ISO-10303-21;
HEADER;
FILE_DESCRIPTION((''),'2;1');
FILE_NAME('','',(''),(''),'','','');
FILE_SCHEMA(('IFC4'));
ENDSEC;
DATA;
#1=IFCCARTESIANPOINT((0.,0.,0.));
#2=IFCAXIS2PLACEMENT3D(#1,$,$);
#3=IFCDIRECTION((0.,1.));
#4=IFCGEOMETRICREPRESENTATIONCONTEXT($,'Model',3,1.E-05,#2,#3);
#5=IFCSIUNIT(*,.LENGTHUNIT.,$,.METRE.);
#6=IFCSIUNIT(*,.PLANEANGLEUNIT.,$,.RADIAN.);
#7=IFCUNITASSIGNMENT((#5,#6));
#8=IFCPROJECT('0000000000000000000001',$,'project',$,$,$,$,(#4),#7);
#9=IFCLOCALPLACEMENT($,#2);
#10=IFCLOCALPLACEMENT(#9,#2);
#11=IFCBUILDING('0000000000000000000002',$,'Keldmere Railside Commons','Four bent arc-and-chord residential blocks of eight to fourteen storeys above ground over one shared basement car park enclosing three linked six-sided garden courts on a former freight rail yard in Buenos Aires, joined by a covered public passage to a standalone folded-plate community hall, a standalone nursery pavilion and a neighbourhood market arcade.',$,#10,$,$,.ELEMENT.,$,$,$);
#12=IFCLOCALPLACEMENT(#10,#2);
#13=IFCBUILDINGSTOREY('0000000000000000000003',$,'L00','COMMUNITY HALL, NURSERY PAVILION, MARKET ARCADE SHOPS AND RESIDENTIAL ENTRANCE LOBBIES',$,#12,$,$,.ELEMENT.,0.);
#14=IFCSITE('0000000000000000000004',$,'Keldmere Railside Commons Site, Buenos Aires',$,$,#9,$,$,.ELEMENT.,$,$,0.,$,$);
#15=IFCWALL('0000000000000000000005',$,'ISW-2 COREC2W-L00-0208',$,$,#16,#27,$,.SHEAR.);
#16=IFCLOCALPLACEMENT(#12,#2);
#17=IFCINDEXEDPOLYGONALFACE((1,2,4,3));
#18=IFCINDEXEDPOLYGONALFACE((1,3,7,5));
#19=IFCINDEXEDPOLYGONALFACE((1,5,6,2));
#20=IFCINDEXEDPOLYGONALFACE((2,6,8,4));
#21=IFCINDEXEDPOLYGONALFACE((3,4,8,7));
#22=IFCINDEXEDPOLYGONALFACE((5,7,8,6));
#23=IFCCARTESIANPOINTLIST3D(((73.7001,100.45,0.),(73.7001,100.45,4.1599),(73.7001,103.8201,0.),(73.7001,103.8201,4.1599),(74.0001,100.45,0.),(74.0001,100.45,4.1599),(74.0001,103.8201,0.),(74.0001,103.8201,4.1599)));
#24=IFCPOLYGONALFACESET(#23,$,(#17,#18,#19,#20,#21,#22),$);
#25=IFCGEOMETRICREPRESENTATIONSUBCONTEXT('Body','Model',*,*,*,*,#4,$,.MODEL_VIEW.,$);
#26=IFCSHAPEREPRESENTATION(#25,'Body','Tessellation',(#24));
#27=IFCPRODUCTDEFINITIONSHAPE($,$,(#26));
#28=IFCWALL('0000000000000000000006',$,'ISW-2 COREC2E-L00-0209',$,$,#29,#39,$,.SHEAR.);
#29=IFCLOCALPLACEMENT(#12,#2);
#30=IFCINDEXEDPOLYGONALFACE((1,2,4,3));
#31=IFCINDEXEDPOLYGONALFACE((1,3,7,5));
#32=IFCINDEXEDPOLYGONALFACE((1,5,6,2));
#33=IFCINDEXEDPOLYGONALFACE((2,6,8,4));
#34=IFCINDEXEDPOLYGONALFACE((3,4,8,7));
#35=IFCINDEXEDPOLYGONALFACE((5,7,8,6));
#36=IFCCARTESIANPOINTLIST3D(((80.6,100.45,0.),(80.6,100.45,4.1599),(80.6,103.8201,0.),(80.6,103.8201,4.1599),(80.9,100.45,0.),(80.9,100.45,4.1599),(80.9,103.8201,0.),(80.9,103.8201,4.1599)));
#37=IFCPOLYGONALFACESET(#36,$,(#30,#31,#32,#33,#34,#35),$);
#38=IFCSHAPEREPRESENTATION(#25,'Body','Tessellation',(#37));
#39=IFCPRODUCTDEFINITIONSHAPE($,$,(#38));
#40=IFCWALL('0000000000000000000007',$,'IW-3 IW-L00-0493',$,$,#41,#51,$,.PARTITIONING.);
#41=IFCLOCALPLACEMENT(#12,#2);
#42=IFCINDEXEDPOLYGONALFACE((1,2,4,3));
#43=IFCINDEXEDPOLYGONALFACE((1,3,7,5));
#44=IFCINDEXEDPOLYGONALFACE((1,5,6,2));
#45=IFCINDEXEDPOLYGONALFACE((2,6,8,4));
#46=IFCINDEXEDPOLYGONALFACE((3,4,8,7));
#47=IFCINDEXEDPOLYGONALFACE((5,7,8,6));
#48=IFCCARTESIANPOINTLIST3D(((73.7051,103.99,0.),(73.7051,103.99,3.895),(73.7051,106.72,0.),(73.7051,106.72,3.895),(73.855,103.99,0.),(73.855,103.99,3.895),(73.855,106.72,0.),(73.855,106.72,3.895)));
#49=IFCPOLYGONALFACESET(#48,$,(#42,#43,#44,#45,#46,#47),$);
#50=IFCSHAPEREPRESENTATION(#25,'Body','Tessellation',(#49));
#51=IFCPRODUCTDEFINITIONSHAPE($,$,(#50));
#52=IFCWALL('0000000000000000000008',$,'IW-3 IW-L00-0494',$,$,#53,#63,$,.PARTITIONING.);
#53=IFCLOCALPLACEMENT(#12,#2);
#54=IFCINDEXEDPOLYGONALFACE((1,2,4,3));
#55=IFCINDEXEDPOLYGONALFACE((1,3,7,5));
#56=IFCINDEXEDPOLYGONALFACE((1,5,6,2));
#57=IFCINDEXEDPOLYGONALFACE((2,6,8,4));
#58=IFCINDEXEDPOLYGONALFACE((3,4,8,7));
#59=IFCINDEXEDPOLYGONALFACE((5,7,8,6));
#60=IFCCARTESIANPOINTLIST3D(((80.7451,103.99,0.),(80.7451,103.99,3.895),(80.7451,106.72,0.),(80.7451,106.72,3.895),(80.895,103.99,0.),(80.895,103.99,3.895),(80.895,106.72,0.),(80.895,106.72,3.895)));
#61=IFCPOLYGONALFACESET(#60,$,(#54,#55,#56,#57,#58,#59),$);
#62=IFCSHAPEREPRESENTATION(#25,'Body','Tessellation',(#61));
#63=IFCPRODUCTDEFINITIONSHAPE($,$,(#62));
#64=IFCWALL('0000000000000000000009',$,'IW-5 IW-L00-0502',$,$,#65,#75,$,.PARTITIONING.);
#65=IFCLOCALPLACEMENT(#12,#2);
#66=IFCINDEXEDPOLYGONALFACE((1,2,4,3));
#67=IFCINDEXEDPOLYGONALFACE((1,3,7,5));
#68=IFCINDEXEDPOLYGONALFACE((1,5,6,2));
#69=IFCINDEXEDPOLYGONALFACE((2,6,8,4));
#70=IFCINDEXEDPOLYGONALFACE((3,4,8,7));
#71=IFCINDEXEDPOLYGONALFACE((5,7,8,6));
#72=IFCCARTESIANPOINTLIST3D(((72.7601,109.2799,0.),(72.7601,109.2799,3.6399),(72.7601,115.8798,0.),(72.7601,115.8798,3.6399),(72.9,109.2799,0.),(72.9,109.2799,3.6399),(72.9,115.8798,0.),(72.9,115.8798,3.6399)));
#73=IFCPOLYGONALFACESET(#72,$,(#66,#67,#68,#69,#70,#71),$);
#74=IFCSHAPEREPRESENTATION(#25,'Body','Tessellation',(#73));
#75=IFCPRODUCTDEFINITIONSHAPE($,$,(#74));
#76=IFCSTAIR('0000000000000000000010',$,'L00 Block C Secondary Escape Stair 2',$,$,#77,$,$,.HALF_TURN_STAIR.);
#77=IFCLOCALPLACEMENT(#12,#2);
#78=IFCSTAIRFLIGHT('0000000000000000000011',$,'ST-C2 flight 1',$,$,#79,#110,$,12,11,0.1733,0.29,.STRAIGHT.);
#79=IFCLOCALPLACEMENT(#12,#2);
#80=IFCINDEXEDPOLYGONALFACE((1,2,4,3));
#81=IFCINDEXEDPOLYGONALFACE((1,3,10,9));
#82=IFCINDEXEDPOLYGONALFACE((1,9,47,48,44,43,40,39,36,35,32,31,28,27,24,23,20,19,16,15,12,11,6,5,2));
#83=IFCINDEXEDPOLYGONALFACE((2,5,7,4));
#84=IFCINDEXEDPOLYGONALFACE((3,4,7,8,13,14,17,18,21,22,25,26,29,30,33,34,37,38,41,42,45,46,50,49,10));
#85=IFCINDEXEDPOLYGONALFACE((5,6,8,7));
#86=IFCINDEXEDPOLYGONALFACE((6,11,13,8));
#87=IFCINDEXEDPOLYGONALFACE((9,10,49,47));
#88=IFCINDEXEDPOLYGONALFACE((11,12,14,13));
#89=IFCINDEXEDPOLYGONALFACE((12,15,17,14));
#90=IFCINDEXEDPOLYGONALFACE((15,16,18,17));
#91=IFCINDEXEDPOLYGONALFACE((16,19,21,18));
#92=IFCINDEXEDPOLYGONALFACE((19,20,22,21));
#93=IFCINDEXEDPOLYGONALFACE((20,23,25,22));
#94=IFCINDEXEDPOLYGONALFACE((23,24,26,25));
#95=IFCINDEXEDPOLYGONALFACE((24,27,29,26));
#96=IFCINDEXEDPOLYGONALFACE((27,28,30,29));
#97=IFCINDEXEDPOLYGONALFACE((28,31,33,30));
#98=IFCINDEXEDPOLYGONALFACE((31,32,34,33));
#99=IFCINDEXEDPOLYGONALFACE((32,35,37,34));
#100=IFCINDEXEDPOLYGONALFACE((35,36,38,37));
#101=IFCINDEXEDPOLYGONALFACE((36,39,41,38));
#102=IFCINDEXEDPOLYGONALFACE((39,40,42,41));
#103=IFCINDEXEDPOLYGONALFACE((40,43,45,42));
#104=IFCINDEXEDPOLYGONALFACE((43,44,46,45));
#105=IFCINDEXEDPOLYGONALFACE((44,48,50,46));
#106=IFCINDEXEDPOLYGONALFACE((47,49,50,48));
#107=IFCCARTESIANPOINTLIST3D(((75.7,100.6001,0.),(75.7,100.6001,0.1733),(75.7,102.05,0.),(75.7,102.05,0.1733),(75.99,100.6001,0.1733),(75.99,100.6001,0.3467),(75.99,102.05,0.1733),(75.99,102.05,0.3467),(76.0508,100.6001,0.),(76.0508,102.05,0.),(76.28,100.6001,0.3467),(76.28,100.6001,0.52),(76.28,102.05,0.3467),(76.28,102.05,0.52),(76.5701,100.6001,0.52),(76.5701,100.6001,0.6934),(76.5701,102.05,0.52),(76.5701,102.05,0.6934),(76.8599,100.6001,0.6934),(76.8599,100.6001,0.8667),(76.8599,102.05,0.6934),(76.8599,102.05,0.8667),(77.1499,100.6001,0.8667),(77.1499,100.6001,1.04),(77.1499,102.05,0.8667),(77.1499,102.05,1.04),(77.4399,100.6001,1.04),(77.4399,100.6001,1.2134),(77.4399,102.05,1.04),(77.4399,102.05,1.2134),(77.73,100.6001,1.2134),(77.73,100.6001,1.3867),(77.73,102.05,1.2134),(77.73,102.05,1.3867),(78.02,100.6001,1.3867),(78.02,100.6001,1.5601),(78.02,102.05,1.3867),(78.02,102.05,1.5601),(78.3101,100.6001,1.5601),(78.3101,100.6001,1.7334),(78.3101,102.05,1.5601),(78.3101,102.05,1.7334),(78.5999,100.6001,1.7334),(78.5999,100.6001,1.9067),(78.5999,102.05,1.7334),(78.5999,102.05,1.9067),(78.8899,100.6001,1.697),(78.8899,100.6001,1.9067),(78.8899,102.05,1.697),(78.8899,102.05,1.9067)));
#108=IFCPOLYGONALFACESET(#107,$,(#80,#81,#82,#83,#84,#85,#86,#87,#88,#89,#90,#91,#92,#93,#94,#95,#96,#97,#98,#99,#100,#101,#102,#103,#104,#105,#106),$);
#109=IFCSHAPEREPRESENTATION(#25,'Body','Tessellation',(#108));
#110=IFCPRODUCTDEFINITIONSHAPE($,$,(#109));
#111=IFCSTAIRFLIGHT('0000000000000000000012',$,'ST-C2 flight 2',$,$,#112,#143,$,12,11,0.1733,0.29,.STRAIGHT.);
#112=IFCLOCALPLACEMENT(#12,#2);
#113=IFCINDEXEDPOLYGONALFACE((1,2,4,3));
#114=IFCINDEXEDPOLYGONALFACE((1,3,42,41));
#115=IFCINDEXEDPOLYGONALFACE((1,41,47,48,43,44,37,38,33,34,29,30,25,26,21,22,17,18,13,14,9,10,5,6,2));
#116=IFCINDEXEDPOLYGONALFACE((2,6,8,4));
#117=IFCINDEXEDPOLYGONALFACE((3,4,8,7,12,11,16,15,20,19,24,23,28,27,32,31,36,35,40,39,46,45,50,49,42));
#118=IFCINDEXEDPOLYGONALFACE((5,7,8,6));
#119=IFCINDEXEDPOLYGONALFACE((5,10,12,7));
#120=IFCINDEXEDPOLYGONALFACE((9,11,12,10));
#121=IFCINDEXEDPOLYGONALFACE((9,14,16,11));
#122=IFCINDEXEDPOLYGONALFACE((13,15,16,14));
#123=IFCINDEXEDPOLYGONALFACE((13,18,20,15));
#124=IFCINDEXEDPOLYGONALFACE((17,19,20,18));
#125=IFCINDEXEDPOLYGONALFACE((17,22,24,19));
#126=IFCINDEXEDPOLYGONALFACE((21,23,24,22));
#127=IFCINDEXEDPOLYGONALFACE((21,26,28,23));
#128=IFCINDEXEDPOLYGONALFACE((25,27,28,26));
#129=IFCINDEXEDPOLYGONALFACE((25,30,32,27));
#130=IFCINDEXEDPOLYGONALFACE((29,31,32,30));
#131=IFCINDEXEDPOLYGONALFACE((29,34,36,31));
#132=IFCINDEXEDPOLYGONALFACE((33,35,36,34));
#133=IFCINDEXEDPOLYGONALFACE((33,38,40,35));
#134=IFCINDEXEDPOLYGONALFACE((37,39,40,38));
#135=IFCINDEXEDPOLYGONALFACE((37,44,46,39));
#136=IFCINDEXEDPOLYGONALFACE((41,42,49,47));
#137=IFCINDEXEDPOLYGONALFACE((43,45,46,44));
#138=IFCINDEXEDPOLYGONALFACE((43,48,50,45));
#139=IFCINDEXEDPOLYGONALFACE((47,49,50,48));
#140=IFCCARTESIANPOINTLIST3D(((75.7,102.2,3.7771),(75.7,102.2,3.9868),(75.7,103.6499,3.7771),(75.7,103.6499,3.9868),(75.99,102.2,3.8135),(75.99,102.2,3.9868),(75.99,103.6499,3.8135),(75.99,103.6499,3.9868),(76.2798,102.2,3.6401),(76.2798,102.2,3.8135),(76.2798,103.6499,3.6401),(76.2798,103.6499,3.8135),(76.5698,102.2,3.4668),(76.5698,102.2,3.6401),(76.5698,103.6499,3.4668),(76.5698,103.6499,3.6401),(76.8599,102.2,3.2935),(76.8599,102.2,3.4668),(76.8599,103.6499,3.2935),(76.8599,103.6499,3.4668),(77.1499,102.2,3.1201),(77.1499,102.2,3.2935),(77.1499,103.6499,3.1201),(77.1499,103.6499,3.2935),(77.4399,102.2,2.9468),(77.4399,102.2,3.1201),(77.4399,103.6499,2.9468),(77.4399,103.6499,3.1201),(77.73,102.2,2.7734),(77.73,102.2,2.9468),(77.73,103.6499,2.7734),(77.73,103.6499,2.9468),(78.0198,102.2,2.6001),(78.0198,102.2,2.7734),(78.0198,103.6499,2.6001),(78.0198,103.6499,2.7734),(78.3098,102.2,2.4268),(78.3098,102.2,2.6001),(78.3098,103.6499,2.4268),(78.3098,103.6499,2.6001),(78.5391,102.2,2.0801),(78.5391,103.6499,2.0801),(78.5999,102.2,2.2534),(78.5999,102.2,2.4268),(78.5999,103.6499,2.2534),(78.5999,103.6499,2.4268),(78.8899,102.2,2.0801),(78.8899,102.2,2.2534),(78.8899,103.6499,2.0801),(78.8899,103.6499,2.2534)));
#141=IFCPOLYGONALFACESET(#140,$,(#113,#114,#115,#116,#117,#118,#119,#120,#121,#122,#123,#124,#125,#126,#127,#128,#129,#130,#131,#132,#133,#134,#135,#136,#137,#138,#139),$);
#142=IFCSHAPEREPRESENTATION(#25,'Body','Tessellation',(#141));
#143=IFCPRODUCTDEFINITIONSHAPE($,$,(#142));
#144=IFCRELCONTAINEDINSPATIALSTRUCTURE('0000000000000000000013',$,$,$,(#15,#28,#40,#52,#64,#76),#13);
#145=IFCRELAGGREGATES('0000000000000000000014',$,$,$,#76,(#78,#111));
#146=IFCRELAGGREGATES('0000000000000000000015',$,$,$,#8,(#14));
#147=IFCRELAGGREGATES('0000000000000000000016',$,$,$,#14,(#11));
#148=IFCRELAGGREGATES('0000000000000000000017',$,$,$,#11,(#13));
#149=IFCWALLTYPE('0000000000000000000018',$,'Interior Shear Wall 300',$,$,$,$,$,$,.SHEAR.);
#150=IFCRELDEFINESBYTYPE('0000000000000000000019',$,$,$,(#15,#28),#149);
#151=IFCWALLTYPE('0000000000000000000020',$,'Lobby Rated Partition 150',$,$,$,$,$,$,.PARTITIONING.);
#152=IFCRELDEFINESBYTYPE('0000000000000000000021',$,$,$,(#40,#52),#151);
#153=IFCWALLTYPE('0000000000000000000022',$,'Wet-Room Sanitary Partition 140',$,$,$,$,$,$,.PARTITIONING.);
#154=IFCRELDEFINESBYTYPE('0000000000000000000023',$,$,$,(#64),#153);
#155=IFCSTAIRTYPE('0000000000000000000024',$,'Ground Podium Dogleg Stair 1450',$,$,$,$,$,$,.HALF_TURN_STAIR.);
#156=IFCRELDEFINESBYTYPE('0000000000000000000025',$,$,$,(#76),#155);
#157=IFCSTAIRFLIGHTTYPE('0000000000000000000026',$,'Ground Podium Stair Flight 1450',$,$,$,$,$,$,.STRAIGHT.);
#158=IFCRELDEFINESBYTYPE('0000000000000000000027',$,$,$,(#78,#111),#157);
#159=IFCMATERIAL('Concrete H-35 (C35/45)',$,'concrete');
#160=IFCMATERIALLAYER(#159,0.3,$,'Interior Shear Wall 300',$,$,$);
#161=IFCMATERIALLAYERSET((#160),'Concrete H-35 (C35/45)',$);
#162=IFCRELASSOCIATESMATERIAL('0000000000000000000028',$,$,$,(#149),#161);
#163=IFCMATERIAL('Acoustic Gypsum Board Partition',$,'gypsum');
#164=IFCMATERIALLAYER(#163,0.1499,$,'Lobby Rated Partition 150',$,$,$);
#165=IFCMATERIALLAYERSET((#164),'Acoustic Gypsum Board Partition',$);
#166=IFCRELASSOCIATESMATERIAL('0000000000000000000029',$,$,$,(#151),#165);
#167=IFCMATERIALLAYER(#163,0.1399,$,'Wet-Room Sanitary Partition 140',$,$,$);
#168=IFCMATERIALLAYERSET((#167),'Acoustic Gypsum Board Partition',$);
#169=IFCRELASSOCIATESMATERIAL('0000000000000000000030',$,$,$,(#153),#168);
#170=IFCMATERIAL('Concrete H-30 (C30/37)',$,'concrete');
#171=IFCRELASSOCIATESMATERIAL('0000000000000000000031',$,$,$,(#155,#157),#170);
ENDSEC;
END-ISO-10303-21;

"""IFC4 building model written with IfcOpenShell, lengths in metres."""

from ifc_helpers import new_model, si_unit, direction, frame, frame_2d, origin, place, context, subcontext, project, spatial, polyline, rectangle, outline, extrude, material, layer, layer_set, type_object, element, aggregate, save


model = new_model("IFC4")

# Units and contexts
model_context = context("Model", 3, precision=1e-05, world=origin(), true_north=direction((0.0, 1.0)))
body_context = subcontext(model_context, "Body", "Model", "MODEL_VIEW")
ifc_project = project(units=[si_unit("LENGTHUNIT", "METRE"), si_unit("PLANEANGLEUNIT", "RADIAN")], contexts=[model_context])

# Site, building, storey
site_placement = place(None, origin())
site = spatial("IfcSite", under=ifc_project, at=site_placement, Name="Keldmere Railside Commons Site, Buenos Aires", CompositionType="ELEMENT", RefElevation=0.0)
building_placement = place(site_placement, origin())
building = spatial("IfcBuilding", under=site, at=building_placement, Name="Keldmere Railside Commons", Description="Four bent arc-and-chord residential blocks of eight to fourteen storeys above ground over one shared basement car park enclosing three linked six-sided garden courts on a former freight rail yard in Buenos Aires, joined by a covered public passage to a standalone folded-plate community hall, a standalone nursery pavilion and a neighbourhood market arcade.", CompositionType="ELEMENT")
storey_placement = place(building_placement, origin())
storey = spatial("IfcBuildingStorey", under=building, at=storey_placement, Name="L00", Description="COMMUNITY HALL, NURSERY PAVILION, MARKET ARCADE SHOPS AND RESIDENTIAL ENTRANCE LOBBIES", CompositionType="ELEMENT", Elevation=0.0)

# Shared definitions
ifc_material_1 = material(Name="Concrete H-30 (C30/37)", Category="concrete")

# Shared definitions
ifc_material_2 = material(Name="Concrete H-35 (C35/45)", Category="concrete")

# Walls
ifc_layer_1 = layer(ifc_material_2, 0.3, Name="Interior Shear Wall 300")
ifc_layer_set_1 = layer_set([ifc_layer_1], Name="Concrete H-35 (C35/45)")
wall_type_1 = type_object("IfcWallType", Name="Interior Shear Wall 300", PredefinedType="SHEAR", material=ifc_layer_set_1)
for number, where, z_axis, x_axis, name in (
    (1, (73.8501, 103.8201, 0.0), (0.0, 0.0, 1.0), (0.0, -1.0, 0.0), "ISW-2 COREC2W-L00-0208"),
    (2, (80.75, 100.45, 0.0), (0.0, 0.0, 1.0), (0.0, 1.0, 0.0), "ISW-2 COREC2E-L00-0209"),
):
    element("IfcWall", number, at=place(storey_placement, frame(where, z_axis=z_axis, x_axis=x_axis)), inside=storey, type_object=wall_type_1, Name=name, PredefinedType="SHEAR", context=body_context, shape_type="SweptSolid", body=[
        extrude(rectangle(XDim=3.3701, YDim=0.3, at=frame_2d((1.6851, 0.0))), origin(), (0.0, 0.0, 1.0), 4.1599),
    ])

# Walls
ifc_material_3 = material(Name="Acoustic Gypsum Board Partition", Category="gypsum")
ifc_layer_2 = layer(ifc_material_3, 0.1499, Name="Lobby Rated Partition 150")
ifc_layer_set_2 = layer_set([ifc_layer_2], Name="Acoustic Gypsum Board Partition")
wall_type_2 = type_object("IfcWallType", Name="Lobby Rated Partition 150", PredefinedType="PARTITIONING", material=ifc_layer_set_2)
for number, where, z_axis, x_axis, name in (
    (3, (73.78, 103.99, 0.0), (0.0, 0.0, 1.0), (0.0, 1.0, 0.0), "IW-3 IW-L00-0493"),
    (4, (80.8201, 103.99, 0.0), (0.0, 0.0, 1.0), (0.0, 1.0, 0.0), "IW-3 IW-L00-0494"),
):
    element("IfcWall", number, at=place(storey_placement, frame(where, z_axis=z_axis, x_axis=x_axis)), inside=storey, type_object=wall_type_2, Name=name, PredefinedType="PARTITIONING", context=body_context, shape_type="SweptSolid", body=[
        extrude(rectangle(XDim=2.73, YDim=0.1499, at=frame_2d((1.365, 0.0))), origin(), (0.0, 0.0, 1.0), 3.895),
    ])
ifc_layer_3 = layer(ifc_material_3, 0.1399, Name="Wet-Room Sanitary Partition 140")
ifc_layer_set_3 = layer_set([ifc_layer_3], Name="Acoustic Gypsum Board Partition")
wall_type_3 = type_object("IfcWallType", Name="Wet-Room Sanitary Partition 140", PredefinedType="PARTITIONING", material=ifc_layer_set_3)
wall_1_placement = place(storey_placement, frame((72.8301, 109.28, 0.0), z_axis=(0.0, 0.0, 1.0), x_axis=(0.0, 1.0, 0.0)))
element("IfcWall", 5, at=wall_1_placement, inside=storey, type_object=wall_type_3, Name="IW-5 IW-L00-0502", PredefinedType="PARTITIONING", context=body_context, shape_type="SweptSolid", body=[
    extrude(rectangle(XDim=6.5999, YDim=0.1399, at=frame_2d((3.2998, 0.0))), origin(), (0.0, 0.0, 1.0), 3.6399),
])

# Stair, stair flights
stair_type = type_object("IfcStairType", Name="Ground Podium Dogleg Stair 1450", PredefinedType="HALF_TURN_STAIR", material=ifc_material_1)
stair_placement = place(storey_placement, origin())
stair = element("IfcStair", 6, at=stair_placement, inside=storey, type_object=stair_type, Name="L00 Block C Secondary Escape Stair 2", PredefinedType="HALF_TURN_STAIR")
stair_flight_type = type_object("IfcStairFlightType", Name="Ground Podium Stair Flight 1450", PredefinedType="STRAIGHT", material=ifc_material_1)
stair_flight_1_placement = place(storey_placement, frame((75.7, 101.325, 0.0), z_axis=(0.0, 0.0, 1.0), x_axis=(1.0, 0.0, 0.0)))
stair_flight_1 = element("IfcStairFlight", 7, at=stair_flight_1_placement, type_object=stair_flight_type, Name="ST-C2 flight 1", NumberOfRisers=12, NumberOfTreads=11, PredefinedType="STRAIGHT", RiserHeight=0.1733, TreadLength=0.29, context=body_context, shape_type="SweptSolid", body=[
    extrude(outline(polyline([(0.0, 0.0), (0.0, 0.1733), (0.29, 0.1733), (0.29, 0.3467), (0.5801, 0.3467), (0.5801, 0.52), (0.8701, 0.52), (0.8701, 0.6934), (1.1599, 0.6934), (1.1599, 0.8667), (1.45, 0.8667), (1.45, 1.04), (1.74, 1.04), (1.74, 1.2134), (2.03, 1.2134), (2.03, 1.3867), (2.3201, 1.3867), (2.3201, 1.5601), (2.6101, 1.5601), (2.6101, 1.7334), (2.8999, 1.7334), (2.8999, 1.9067), (3.1899, 1.9067), (3.1899, 2.0801), (3.1899, 1.697), (0.3508, 0.0), (0.0, 0.0)])), frame((0.0, 0.7251, 0.0), z_axis=(0.0, -1.0, 0.0), x_axis=(1.0, 0.0, 0.0)), (0.0, 0.0, 1.0), 1.45),
])
stair_flight_2_placement = place(storey_placement, frame((78.8899, 102.925, 2.0801), z_axis=(0.0, 0.0, 1.0), x_axis=(-1.0, 0.0, 0.0)))
stair_flight_2 = element("IfcStairFlight", 8, at=stair_flight_2_placement, type_object=stair_flight_type, Name="ST-C2 flight 2", NumberOfRisers=12, NumberOfTreads=11, PredefinedType="STRAIGHT", RiserHeight=0.1733, TreadLength=0.29, context=body_context, shape_type="SweptSolid", body=[
    extrude(outline(polyline([(0.0, 0.0), (0.0, 0.1733), (0.29, 0.1733), (0.29, 0.3467), (0.5801, 0.3467), (0.5801, 0.52), (0.8701, 0.52), (0.8701, 0.6934), (1.1599, 0.6934), (1.1599, 0.8667), (1.45, 0.8667), (1.45, 1.04), (1.74, 1.04), (1.74, 1.2134), (2.03, 1.2134), (2.03, 1.3867), (2.3201, 1.3867), (2.3201, 1.5601), (2.6101, 1.5601), (2.6101, 1.7334), (2.8999, 1.7334), (2.8999, 1.9067), (3.1899, 1.9067), (3.1899, 2.0801), (3.1899, 1.697), (0.3508, 0.0), (0.0, 0.0)])), frame((0.0, 0.7251, 0.0), z_axis=(0.0, -1.0, 0.0), x_axis=(1.0, 0.0, 0.0)), (0.0, 0.0, 1.0), 1.45),
])
aggregate(stair, [stair_flight_1, stair_flight_2])

save(model, "model.ifc")
